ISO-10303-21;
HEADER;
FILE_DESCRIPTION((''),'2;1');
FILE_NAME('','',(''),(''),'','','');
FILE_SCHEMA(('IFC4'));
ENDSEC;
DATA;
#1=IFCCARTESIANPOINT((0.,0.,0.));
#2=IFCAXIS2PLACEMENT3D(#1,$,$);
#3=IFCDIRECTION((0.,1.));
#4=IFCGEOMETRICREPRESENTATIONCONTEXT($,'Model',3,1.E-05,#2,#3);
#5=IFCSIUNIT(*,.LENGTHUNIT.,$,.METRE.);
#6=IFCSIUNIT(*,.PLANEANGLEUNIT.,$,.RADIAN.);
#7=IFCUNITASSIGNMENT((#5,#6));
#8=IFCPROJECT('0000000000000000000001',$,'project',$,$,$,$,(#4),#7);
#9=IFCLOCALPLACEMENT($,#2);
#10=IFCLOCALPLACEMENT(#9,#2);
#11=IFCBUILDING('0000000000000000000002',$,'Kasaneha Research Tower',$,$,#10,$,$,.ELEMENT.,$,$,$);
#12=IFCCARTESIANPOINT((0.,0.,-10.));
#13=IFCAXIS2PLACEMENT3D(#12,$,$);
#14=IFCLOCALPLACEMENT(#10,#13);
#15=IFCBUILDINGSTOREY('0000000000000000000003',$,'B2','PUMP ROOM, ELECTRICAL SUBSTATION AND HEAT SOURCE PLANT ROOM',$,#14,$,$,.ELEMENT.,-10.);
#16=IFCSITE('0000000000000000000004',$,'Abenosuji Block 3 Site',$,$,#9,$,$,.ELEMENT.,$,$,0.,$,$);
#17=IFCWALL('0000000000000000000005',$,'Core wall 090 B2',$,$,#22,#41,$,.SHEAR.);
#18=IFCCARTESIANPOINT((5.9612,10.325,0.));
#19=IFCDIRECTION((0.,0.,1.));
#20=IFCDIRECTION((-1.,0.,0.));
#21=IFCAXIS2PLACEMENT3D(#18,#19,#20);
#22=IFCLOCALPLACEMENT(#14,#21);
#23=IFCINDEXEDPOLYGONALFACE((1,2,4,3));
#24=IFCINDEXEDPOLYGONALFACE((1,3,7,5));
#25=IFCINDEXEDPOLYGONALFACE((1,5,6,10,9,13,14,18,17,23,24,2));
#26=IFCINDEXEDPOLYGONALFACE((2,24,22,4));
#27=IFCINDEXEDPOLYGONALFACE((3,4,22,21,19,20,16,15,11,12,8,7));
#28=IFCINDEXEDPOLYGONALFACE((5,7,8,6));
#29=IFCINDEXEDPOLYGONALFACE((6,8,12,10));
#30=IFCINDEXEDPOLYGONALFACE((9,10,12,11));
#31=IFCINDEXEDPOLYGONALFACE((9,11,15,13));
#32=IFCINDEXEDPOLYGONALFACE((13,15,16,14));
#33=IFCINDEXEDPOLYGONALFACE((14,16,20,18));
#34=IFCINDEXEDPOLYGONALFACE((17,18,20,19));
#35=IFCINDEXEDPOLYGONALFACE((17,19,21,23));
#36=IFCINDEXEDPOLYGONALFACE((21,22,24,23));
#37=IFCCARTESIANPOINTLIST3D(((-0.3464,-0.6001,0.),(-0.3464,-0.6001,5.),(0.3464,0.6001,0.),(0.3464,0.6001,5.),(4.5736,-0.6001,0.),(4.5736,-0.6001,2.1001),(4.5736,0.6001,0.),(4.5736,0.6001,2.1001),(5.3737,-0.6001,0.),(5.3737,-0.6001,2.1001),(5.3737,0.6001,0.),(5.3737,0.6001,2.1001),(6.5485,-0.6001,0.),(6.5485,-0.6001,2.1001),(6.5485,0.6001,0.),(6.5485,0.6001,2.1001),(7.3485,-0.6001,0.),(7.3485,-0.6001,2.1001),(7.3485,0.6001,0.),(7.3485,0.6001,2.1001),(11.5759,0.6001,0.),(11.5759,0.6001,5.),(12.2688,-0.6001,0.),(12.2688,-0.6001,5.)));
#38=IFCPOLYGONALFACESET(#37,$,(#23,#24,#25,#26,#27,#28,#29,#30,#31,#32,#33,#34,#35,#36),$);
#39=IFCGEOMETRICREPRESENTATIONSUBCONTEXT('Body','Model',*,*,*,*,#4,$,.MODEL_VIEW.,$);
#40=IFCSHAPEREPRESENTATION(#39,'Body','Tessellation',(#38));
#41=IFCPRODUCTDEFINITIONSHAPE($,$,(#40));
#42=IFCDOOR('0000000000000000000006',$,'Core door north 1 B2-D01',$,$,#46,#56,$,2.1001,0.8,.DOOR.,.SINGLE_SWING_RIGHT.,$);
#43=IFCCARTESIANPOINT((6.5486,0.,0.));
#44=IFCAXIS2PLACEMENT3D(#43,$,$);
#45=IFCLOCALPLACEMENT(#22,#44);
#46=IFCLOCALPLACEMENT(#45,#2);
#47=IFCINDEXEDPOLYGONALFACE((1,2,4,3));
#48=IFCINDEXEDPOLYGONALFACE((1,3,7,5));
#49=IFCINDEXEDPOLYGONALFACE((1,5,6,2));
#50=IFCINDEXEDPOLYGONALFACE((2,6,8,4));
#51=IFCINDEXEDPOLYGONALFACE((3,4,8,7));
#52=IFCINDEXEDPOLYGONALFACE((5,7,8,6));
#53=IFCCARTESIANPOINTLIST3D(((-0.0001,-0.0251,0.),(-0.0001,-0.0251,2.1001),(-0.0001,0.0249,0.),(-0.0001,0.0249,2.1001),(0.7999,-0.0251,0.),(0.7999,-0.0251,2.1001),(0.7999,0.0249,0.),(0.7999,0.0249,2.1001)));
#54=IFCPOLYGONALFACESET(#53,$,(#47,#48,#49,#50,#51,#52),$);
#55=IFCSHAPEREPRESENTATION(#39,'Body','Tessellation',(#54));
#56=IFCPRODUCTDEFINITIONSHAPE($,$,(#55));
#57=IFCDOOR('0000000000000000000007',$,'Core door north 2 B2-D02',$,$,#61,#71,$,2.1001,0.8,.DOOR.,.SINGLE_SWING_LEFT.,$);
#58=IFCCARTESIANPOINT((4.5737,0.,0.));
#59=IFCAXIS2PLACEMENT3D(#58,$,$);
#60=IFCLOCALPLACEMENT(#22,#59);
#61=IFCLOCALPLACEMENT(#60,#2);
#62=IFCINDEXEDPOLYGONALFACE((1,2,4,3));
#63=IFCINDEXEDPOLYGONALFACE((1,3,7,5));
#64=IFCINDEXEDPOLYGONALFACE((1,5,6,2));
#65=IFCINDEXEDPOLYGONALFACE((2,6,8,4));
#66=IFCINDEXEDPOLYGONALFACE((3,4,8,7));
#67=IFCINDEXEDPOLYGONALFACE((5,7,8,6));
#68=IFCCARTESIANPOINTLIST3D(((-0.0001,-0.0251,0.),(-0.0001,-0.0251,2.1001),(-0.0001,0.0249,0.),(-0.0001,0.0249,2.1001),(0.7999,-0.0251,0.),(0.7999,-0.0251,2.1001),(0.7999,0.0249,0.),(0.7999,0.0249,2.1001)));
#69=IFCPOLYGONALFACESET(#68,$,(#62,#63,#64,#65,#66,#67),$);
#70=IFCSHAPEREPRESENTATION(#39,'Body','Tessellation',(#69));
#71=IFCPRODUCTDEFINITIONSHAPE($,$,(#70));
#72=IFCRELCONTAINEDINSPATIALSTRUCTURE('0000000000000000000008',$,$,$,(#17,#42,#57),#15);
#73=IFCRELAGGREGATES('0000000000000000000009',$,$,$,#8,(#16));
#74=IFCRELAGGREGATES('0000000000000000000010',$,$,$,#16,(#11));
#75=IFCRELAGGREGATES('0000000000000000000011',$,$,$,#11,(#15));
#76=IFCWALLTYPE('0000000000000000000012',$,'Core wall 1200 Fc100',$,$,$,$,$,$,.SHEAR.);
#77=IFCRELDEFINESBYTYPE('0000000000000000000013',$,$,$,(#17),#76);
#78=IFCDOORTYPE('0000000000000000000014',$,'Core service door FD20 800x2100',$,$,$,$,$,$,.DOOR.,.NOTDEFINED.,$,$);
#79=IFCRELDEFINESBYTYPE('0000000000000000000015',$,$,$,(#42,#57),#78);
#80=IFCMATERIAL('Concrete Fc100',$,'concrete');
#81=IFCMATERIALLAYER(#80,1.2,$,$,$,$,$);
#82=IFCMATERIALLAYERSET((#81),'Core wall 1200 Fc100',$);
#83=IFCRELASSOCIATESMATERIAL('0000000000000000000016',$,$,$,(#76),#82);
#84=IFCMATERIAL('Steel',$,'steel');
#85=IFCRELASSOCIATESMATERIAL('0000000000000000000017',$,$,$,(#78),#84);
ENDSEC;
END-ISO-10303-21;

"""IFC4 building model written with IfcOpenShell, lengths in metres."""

from ifc_helpers import new_model, si_unit, direction, frame, frame_2d, origin, place, context, subcontext, project, spatial, polyline, rectangle, outline, extrude, material, layer, layer_set, type_object, element, fill, save


model = new_model("IFC4")

# Units and contexts
model_context = context("Model", 3, precision=1e-05, world=origin(), true_north=direction((0.0, 1.0)))
body_context = subcontext(model_context, "Body", "Model", "MODEL_VIEW")
ifc_project = project(units=[si_unit("LENGTHUNIT", "METRE"), si_unit("PLANEANGLEUNIT", "RADIAN")], contexts=[model_context])

# Site, building, storey
site_placement = place(None, origin())
site = spatial("IfcSite", under=ifc_project, at=site_placement, Name="Abenosuji Block 3 Site", CompositionType="ELEMENT", RefElevation=0.0)
building_placement = place(site_placement, origin())
building = spatial("IfcBuilding", under=site, at=building_placement, Name="Kasaneha Research Tower", CompositionType="ELEMENT")
storey_placement = place(building_placement, frame((0.0, 0.0, -10.0)))
storey = spatial("IfcBuildingStorey", under=building, at=storey_placement, Name="B2", Description="PUMP ROOM, ELECTRICAL SUBSTATION AND HEAT SOURCE PLANT ROOM", CompositionType="ELEMENT", Elevation=-10.0)

# Wall, openings, doors
ifc_material_1 = material(Name="Concrete Fc100", Category="concrete")
ifc_layer_1 = layer(ifc_material_1, 1.2)
ifc_layer_set_1 = layer_set([ifc_layer_1], Name="Core wall 1200 Fc100")
wall_type_1 = type_object("IfcWallType", Name="Core wall 1200 Fc100", PredefinedType="SHEAR", material=ifc_layer_set_1)
wall_1_placement = place(storey_placement, frame((5.9612, 10.325, 0.0), z_axis=(0.0, 0.0, 1.0), x_axis=(-1.0, 0.0, 0.0)))
wall_1 = element("IfcWall", 1, at=wall_1_placement, inside=storey, type_object=wall_type_1, Name="Core wall 090 B2", PredefinedType="SHEAR", context=body_context, shape_type="SweptSolid", body=[
    extrude(outline(polyline([(-0.3464, -0.6001), (4.5737, -0.6001), (5.3738, -0.6001), (6.5486, -0.6001), (7.3486, -0.6001), (12.2688, -0.6001), (11.5759, 0.6001), (7.3486, 0.6001), (6.5486, 0.6001), (5.3738, 0.6001), (4.5737, 0.6001), (0.3464, 0.6001), (-0.3464, -0.6001)])), origin(), (0.0, 0.0, 1.0), 5.0),
])
opening_1_placement = place(wall_1_placement, frame((6.5486, 0.0, 0.0)))
opening_1 = element("IfcOpeningElement", 2, at=opening_1_placement, cuts=wall_1, PredefinedType="OPENING", context=body_context, shape_type="SweptSolid", body=[
    extrude(rectangle(XDim=0.8, YDim=2.1001, at=frame_2d((0.3999, 1.05))), frame((0.0, 0.6099, 0.0), z_axis=(0.0, -1.0, 0.0), x_axis=(1.0, 0.0, 0.0)), (0.0, 0.0, 1.0), 1.22),
])
opening_2_placement = place(wall_1_placement, frame((4.5737, 0.0, 0.0)))
opening_2 = element("IfcOpeningElement", 3, at=opening_2_placement, cuts=wall_1, PredefinedType="OPENING", context=body_context, shape_type="SweptSolid", body=[
    extrude(rectangle(XDim=0.8, YDim=2.1001, at=frame_2d((0.3999, 1.05))), frame((0.0, 0.6099, 0.0), z_axis=(0.0, -1.0, 0.0), x_axis=(1.0, 0.0, 0.0)), (0.0, 0.0, 1.0), 1.22),
])
ifc_material_2 = material(Name="Steel", Category="steel")
door_type_1 = type_object("IfcDoorType", Name="Core service door FD20 800x2100", OperationType="NOTDEFINED", PredefinedType="DOOR", material=ifc_material_2)
door_1_placement = place(opening_1_placement, origin())
door_1 = element("IfcDoor", 4, at=door_1_placement, inside=storey, type_object=door_type_1, Name="Core door north 1 B2-D01", OperationType="SINGLE_SWING_RIGHT", OverallHeight=2.1001, OverallWidth=0.8, PredefinedType="DOOR", context=body_context, shape_type="SweptSolid", body=[
    extrude(rectangle(XDim=0.8, YDim=2.1001, at=frame_2d((0.3999, 1.05))), frame((0.0, 0.0249, 0.0), z_axis=(0.0, -1.0, 0.0), x_axis=(1.0, 0.0, 0.0)), (0.0, 0.0, 1.0), 0.05),
])
fill(opening_1, door_1)
door_2_placement = place(opening_2_placement, origin())
door_2 = element("IfcDoor", 5, at=door_2_placement, inside=storey, type_object=door_type_1, Name="Core door north 2 B2-D02", OperationType="SINGLE_SWING_LEFT", OverallHeight=2.1001, OverallWidth=0.8, PredefinedType="DOOR", context=body_context, shape_type="SweptSolid", body=[
    extrude(rectangle(XDim=0.8, YDim=2.1001, at=frame_2d((0.3999, 1.05))), frame((0.0, 0.0249, 0.0), z_axis=(0.0, -1.0, 0.0), x_axis=(1.0, 0.0, 0.0)), (0.0, 0.0, 1.0), 0.05),
])
fill(opening_2, door_2)

save(model, "model.ifc")
